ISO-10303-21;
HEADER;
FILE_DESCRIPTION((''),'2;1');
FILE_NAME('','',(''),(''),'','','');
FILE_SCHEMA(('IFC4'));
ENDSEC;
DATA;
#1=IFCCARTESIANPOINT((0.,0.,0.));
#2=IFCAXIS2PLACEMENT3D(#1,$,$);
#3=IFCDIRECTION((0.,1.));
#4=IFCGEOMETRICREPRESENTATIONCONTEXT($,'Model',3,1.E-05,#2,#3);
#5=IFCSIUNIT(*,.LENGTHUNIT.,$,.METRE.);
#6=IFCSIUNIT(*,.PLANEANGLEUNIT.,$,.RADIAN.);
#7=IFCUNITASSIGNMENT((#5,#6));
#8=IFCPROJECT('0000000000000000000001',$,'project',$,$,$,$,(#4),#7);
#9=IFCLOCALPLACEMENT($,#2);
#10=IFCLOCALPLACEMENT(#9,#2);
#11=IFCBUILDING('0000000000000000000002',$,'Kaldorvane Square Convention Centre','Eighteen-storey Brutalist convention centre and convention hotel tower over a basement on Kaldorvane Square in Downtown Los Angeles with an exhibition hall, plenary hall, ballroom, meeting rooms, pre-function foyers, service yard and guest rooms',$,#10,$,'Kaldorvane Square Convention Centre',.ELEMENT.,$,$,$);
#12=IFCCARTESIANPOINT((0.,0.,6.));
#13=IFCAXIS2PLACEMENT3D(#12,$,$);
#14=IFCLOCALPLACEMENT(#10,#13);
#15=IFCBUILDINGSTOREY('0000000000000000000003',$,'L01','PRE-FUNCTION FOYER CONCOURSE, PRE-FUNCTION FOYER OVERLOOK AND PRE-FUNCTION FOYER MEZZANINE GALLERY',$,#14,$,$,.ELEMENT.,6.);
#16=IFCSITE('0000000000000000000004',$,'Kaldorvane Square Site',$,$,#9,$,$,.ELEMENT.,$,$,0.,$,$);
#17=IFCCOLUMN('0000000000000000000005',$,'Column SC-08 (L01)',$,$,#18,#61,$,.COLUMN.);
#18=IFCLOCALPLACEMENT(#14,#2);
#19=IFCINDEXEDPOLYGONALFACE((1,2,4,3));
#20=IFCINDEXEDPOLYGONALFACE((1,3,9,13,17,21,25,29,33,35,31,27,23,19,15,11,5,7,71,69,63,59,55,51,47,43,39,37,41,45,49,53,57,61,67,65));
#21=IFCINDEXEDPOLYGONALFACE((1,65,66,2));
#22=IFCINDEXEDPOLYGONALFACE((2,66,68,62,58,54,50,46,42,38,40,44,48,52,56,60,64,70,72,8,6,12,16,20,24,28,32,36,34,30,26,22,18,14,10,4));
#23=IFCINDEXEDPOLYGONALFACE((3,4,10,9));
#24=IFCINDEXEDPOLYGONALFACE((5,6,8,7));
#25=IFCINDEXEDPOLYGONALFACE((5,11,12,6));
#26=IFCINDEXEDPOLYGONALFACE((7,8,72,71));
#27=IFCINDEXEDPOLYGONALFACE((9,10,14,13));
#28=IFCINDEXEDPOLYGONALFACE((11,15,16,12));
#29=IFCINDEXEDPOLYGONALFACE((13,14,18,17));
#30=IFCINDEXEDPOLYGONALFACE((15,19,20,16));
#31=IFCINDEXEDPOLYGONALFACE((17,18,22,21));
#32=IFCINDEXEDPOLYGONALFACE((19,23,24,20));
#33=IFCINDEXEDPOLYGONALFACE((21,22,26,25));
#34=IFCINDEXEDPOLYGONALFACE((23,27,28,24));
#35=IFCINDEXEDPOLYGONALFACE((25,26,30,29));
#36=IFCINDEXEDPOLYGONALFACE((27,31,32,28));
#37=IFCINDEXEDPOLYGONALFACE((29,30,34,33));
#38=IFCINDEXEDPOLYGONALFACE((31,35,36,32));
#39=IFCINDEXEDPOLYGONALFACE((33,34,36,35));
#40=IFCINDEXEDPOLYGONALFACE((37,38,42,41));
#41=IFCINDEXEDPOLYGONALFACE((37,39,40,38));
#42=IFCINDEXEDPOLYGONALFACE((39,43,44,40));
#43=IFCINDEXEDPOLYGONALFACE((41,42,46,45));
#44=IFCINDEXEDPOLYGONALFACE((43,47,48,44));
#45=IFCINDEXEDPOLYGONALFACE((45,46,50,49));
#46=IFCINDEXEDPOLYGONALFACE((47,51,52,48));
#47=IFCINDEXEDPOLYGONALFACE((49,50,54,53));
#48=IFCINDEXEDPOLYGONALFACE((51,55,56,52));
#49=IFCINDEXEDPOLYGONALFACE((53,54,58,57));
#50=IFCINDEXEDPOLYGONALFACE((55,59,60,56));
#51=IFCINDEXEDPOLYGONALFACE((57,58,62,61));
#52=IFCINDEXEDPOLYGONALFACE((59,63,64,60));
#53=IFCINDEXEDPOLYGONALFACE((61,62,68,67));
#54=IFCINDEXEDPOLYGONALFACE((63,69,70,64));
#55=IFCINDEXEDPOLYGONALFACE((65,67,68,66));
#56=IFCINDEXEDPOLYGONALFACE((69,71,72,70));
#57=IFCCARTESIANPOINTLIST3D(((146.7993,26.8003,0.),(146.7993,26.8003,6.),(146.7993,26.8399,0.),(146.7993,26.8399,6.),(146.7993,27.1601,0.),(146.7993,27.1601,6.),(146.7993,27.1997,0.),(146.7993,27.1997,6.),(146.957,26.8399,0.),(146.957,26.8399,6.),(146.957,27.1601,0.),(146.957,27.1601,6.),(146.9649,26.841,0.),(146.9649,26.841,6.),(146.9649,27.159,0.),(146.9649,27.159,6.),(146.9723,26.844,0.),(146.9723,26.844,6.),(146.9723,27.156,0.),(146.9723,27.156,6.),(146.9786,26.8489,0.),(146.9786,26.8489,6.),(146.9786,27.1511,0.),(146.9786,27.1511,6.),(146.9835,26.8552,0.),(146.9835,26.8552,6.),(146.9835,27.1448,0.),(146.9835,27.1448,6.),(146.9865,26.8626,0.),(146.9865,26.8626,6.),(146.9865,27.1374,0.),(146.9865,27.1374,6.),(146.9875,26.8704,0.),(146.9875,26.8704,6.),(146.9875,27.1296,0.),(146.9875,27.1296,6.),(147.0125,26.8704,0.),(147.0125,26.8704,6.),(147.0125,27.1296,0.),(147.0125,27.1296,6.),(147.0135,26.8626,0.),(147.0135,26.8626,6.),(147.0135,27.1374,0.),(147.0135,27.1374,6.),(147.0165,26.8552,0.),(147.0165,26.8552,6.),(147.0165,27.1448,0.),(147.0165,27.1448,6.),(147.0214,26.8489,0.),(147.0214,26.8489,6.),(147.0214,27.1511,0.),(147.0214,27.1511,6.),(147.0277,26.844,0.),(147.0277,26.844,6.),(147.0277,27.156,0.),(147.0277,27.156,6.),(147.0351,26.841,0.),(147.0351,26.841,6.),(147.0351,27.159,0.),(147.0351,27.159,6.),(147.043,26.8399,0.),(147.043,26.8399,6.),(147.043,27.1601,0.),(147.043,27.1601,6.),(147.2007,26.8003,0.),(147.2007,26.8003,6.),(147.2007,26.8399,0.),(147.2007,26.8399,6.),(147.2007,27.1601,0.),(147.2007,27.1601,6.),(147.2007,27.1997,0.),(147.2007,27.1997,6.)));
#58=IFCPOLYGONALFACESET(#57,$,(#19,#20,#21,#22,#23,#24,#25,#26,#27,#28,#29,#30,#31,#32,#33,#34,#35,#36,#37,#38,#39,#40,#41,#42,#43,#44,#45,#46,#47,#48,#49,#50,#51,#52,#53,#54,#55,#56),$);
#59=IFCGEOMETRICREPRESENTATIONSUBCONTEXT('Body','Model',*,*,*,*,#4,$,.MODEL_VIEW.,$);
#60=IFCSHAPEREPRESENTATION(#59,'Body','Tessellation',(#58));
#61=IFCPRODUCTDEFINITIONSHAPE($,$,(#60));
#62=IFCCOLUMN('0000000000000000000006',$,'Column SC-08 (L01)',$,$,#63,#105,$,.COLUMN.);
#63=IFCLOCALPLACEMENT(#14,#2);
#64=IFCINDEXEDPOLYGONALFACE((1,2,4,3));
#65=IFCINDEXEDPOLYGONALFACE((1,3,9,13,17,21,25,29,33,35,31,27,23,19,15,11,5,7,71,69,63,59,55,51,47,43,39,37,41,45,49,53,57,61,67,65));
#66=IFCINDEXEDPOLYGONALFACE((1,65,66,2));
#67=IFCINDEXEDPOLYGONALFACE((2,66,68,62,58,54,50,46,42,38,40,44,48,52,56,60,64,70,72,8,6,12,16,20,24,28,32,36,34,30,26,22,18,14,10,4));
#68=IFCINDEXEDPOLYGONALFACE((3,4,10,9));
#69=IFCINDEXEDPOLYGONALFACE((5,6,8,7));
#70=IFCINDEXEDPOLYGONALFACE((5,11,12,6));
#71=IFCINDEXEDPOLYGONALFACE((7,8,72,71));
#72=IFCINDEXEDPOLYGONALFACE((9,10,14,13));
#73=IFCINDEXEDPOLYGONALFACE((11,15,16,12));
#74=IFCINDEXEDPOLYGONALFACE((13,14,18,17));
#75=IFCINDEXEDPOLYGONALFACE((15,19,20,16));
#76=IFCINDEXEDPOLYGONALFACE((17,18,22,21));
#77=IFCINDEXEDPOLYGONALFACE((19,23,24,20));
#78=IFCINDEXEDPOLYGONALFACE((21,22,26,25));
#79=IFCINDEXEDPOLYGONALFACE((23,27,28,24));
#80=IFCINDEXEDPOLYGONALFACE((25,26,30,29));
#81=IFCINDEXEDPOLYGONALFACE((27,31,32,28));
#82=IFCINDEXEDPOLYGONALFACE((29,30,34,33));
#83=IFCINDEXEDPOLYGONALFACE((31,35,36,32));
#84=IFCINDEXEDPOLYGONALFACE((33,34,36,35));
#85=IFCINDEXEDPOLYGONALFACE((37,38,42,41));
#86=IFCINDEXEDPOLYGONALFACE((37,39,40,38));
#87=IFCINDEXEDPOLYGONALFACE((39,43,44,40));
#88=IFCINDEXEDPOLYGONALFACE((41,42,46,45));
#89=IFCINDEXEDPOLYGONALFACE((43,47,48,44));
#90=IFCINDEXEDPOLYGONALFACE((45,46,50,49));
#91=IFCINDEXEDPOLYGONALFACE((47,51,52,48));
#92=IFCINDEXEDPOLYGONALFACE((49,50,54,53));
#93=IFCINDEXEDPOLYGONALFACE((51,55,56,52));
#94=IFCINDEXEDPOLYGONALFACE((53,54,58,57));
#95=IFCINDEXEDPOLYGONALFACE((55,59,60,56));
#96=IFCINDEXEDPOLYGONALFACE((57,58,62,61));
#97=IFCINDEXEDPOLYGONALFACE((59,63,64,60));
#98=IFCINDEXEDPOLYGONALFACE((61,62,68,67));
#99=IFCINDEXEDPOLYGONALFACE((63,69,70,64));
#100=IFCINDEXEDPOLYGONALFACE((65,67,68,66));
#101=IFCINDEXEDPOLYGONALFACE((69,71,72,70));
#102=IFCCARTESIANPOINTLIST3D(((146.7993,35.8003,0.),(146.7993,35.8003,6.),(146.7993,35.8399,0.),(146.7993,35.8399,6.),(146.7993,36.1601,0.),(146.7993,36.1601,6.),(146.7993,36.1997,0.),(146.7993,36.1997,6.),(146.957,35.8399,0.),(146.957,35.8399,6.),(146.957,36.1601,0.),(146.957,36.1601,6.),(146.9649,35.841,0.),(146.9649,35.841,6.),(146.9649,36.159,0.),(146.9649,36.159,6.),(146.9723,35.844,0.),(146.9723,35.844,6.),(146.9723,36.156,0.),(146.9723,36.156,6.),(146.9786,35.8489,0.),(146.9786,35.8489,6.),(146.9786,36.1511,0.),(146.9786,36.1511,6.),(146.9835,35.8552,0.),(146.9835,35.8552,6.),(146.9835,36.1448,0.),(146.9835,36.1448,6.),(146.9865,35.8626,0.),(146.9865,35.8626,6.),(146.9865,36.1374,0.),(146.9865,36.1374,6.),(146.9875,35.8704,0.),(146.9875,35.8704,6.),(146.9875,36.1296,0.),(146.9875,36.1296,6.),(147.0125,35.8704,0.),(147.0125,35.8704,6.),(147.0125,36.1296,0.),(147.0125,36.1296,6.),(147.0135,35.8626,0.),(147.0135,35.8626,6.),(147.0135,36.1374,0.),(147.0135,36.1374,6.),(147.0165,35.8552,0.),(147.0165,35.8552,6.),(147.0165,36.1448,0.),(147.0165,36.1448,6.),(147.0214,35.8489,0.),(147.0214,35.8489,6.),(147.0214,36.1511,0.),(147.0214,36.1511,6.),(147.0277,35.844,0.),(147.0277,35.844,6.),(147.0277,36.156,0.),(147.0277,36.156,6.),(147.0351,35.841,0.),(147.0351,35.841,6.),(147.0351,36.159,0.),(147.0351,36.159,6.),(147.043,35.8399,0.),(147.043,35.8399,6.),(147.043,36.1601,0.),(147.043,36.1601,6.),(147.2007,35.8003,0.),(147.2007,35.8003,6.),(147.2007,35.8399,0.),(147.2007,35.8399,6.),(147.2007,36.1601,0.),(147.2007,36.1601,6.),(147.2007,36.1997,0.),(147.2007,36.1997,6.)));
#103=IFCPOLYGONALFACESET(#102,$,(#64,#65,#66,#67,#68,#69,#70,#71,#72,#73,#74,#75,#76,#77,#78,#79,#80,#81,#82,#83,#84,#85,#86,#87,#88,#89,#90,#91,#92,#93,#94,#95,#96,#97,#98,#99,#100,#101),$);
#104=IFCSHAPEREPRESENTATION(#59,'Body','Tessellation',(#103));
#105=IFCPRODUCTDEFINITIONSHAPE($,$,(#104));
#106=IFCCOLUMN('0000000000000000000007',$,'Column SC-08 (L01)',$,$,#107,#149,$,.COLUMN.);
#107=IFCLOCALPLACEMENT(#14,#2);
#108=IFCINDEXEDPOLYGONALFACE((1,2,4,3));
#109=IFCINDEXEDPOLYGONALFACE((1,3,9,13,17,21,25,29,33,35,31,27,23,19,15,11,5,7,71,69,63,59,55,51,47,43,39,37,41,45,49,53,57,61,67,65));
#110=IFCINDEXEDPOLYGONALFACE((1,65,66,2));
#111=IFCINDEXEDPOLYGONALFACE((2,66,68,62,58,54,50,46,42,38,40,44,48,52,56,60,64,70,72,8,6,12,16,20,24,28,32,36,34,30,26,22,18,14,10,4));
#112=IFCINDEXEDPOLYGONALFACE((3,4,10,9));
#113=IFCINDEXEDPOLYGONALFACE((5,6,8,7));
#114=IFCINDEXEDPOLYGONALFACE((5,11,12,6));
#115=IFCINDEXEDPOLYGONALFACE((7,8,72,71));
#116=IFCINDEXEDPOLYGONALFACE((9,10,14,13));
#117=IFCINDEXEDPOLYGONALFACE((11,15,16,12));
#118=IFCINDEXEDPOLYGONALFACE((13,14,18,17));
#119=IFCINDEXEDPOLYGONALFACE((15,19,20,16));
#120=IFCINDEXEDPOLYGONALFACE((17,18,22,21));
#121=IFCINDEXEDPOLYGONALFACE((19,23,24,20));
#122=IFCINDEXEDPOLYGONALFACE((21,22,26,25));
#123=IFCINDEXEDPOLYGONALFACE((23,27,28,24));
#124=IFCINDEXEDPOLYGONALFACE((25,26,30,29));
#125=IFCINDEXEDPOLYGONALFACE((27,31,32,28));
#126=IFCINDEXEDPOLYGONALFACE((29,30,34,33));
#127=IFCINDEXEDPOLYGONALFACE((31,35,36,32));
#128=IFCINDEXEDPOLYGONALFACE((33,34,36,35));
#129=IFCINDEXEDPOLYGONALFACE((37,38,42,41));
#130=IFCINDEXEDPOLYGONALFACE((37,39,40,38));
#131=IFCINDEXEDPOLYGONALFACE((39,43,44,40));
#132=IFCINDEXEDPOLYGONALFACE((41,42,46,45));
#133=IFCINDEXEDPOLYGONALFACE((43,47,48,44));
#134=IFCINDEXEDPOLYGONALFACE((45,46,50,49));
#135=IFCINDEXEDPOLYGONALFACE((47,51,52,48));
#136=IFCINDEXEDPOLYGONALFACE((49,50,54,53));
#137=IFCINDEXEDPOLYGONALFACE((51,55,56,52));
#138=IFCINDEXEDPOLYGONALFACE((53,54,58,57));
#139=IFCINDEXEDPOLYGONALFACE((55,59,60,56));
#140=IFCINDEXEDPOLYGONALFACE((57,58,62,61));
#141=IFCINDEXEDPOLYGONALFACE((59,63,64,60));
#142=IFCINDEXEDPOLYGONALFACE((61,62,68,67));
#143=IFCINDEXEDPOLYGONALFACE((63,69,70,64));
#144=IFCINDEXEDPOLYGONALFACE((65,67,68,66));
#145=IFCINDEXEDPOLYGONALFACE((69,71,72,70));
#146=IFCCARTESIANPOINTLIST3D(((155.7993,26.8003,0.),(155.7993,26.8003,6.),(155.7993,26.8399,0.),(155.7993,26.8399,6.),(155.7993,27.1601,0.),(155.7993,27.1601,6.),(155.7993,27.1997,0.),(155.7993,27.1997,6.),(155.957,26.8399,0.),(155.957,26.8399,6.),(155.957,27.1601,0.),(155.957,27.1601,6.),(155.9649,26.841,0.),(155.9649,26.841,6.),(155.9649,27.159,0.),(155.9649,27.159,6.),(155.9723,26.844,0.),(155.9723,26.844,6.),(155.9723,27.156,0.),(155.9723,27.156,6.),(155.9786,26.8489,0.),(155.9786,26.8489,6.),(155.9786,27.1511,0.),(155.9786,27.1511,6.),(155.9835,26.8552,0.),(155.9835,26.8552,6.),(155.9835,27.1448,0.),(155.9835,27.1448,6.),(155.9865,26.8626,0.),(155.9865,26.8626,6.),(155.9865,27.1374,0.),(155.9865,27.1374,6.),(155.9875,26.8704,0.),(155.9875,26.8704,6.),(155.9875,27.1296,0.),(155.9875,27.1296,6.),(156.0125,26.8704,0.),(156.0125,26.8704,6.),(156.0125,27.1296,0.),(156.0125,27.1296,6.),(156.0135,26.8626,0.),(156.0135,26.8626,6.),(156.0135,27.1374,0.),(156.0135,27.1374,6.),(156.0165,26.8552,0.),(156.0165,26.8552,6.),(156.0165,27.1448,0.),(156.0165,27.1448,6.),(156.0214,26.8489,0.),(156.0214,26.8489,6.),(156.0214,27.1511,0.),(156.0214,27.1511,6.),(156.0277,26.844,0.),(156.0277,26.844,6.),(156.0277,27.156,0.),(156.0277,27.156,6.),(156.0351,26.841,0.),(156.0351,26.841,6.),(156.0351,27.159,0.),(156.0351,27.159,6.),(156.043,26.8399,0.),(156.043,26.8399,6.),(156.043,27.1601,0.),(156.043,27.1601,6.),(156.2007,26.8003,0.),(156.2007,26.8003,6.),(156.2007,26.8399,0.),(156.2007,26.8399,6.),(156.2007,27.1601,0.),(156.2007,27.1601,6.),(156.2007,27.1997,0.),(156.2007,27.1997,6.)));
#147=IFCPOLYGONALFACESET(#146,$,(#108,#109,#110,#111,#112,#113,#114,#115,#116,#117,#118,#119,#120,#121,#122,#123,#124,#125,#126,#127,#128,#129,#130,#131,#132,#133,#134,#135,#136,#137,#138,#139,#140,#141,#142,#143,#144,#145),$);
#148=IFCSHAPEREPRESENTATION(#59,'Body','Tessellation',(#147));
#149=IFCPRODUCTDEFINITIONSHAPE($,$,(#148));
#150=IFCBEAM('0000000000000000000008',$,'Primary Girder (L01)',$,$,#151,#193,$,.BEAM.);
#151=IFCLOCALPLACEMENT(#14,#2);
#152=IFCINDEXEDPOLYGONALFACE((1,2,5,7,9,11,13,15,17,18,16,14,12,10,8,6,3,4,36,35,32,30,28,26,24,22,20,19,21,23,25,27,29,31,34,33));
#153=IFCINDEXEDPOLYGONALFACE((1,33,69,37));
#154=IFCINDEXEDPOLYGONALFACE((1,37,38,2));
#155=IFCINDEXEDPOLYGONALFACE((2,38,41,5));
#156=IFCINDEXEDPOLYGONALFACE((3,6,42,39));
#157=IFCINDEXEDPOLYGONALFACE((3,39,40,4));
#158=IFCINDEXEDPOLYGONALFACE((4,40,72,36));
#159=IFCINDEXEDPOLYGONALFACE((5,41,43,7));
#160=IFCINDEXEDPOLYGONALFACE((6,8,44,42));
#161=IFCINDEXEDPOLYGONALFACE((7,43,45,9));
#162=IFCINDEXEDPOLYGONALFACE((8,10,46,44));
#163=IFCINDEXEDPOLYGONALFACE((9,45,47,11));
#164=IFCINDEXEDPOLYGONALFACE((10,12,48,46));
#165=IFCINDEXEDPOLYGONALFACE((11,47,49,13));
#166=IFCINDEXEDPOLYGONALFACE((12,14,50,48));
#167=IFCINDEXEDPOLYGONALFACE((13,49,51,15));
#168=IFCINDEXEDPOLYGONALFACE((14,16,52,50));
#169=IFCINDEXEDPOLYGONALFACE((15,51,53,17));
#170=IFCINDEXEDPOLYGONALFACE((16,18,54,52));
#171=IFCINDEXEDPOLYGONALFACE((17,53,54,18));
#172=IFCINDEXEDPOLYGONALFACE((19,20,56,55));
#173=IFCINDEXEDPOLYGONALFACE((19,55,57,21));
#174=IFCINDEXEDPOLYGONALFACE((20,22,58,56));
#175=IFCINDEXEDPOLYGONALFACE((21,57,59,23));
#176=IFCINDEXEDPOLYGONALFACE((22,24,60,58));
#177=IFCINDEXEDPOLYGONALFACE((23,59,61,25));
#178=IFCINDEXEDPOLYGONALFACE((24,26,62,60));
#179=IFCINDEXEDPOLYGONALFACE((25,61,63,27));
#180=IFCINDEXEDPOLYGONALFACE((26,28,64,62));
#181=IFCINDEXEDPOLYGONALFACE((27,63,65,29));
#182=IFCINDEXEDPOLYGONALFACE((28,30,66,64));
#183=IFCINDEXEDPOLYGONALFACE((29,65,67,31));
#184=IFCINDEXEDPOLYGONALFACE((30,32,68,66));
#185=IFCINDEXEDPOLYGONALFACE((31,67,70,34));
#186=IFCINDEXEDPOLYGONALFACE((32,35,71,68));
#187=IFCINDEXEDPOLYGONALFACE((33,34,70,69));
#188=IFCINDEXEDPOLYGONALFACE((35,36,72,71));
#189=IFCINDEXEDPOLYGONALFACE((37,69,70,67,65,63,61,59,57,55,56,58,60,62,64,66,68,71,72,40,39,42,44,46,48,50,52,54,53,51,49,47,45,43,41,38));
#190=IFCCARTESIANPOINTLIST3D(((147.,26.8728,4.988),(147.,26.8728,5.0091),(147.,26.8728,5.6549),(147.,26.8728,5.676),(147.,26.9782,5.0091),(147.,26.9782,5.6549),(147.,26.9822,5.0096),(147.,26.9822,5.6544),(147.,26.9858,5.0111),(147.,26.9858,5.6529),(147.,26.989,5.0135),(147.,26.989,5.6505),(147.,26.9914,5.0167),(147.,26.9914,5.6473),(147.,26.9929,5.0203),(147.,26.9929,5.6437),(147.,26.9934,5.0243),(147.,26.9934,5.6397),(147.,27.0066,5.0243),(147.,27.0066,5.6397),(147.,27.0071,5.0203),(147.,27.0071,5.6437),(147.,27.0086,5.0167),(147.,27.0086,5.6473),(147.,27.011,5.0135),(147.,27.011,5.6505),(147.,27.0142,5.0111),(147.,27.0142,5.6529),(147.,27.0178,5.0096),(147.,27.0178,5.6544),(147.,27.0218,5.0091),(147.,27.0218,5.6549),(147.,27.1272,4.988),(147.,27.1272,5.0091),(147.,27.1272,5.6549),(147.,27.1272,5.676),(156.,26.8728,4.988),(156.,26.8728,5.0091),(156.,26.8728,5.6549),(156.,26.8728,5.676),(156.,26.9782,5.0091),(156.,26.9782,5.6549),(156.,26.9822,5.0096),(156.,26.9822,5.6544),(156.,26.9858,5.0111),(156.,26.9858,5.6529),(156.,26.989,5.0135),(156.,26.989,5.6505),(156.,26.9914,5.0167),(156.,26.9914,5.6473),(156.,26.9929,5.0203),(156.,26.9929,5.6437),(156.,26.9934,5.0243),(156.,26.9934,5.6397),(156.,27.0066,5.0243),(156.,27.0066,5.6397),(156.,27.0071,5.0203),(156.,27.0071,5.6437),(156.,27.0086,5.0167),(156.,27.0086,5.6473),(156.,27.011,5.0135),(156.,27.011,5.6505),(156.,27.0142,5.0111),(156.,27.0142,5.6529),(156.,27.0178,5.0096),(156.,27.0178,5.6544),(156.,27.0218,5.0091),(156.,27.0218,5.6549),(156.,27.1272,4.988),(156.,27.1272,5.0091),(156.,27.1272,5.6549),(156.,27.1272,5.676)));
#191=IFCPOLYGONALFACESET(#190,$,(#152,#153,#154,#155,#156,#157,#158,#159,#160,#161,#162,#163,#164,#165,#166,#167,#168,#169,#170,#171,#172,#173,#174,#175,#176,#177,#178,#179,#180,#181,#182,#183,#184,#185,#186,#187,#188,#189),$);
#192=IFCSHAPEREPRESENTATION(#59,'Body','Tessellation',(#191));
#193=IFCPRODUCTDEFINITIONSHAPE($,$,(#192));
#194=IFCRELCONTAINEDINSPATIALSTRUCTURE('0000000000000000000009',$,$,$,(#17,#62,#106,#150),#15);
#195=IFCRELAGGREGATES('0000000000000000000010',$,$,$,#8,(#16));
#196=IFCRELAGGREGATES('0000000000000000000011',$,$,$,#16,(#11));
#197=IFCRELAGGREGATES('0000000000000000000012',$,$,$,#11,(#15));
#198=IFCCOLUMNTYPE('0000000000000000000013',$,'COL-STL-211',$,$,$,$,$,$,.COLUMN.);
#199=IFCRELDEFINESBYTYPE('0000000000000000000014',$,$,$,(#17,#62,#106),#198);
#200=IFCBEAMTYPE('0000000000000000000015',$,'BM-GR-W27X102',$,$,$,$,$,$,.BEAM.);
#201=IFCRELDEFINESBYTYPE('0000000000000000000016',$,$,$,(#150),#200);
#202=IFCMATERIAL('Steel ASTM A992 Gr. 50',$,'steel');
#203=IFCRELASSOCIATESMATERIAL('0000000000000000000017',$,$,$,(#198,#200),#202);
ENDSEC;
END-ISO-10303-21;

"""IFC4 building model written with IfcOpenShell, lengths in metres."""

from ifc_helpers import new_model, si_unit, direction, frame, origin, origin_2d, place, context, subcontext, project, spatial, i_section, extrude, material, material_profile, profile_set, type_object, element, save


model = new_model("IFC4")

# Units and contexts
model_context = context("Model", 3, precision=1e-05, world=origin(), true_north=direction((0.0, 1.0)))
body_context = subcontext(model_context, "Body", "Model", "MODEL_VIEW")
ifc_project = project(units=[si_unit("LENGTHUNIT", "METRE"), si_unit("PLANEANGLEUNIT", "RADIAN")], contexts=[model_context])

# Site, building, storey
site_placement = place(None, origin())
site = spatial("IfcSite", under=ifc_project, at=site_placement, Name="Kaldorvane Square Site", CompositionType="ELEMENT", RefElevation=0.0)
building_placement = place(site_placement, origin())
building = spatial("IfcBuilding", under=site, at=building_placement, Name="Kaldorvane Square Convention Centre", Description="Eighteen-storey Brutalist convention centre and convention hotel tower over a basement on Kaldorvane Square in Downtown Los Angeles with an exhibition hall, plenary hall, ballroom, meeting rooms, pre-function foyers, service yard and guest rooms", LongName="Kaldorvane Square Convention Centre", CompositionType="ELEMENT")
storey_placement = place(building_placement, frame((0.0, 0.0, 6.0)))
storey = spatial("IfcBuildingStorey", under=building, at=storey_placement, Name="L01", Description="PRE-FUNCTION FOYER CONCOURSE, PRE-FUNCTION FOYER OVERLOOK AND PRE-FUNCTION FOYER MEZZANINE GALLERY", CompositionType="ELEMENT", Elevation=6.0)

# Columns
ifc_material_1 = material(Name="Steel ASTM A992 Gr. 50", Category="steel")
ifc_material_profile_1 = material_profile(ifc_material_1, i_section(OverallWidth=0.4013, OverallDepth=0.3993, WebThickness=0.0249, FlangeThickness=0.0396, FilletRadius=0.0305, at=origin_2d()), Name="W14X211")
ifc_profile_set_1 = profile_set([ifc_material_profile_1], Name="Steel ASTM A992 Gr. 50")
column_type = type_object("IfcColumnType", Name="COL-STL-211", PredefinedType="COLUMN", material=ifc_profile_set_1)
for number, where, z_axis, x_axis, name in (
    (1, (147.0, 27.0, 0.0), (0.0, 0.0, 1.0), (1.0, 0.0, 0.0), "Column SC-08 (L01)"),
    (2, (147.0, 36.0, 0.0), (0.0, 0.0, 1.0), (1.0, 0.0, 0.0), "Column SC-08 (L01)"),
    (3, (156.0, 27.0, 0.0), (0.0, 0.0, 1.0), (1.0, 0.0, 0.0), "Column SC-08 (L01)"),
):
    element("IfcColumn", number, at=place(storey_placement, frame(where, z_axis=z_axis, x_axis=x_axis)), inside=storey, type_object=column_type, Name=name, PredefinedType="COLUMN", context=body_context, shape_type="SweptSolid", body=[
        extrude(i_section(OverallWidth=0.4013, OverallDepth=0.3993, WebThickness=0.0249, FlangeThickness=0.0396, FilletRadius=0.0305, at=origin_2d()), origin(), (0.0, 0.0, 1.0), 6.0),
    ])

# Beam
ifc_material_profile_2 = material_profile(ifc_material_1, i_section(OverallWidth=0.2544, OverallDepth=0.6881, WebThickness=0.0131, FlangeThickness=0.0211, FilletRadius=0.0152, at=origin_2d()), Name="W27X102")
ifc_profile_set_2 = profile_set([ifc_material_profile_2], Name="Steel ASTM A992 Gr. 50")
beam_type_1 = type_object("IfcBeamType", Name="BM-GR-W27X102", PredefinedType="BEAM", material=ifc_profile_set_2)
for number, where, z_axis, x_axis, name in (
    (4, (147.0, 27.0, 5.332), (1.0, 0.0, 0.0), (0.0, 1.0, 0.0), "Primary Girder (L01)"),
):
    element("IfcBeam", number, at=place(storey_placement, frame(where, z_axis=z_axis, x_axis=x_axis)), inside=storey, type_object=beam_type_1, Name=name, PredefinedType="BEAM", context=body_context, shape_type="SweptSolid", body=[
        extrude(i_section(OverallWidth=0.2544, OverallDepth=0.6881, WebThickness=0.0131, FlangeThickness=0.0211, FilletRadius=0.0152, at=origin_2d()), origin(), (0.0, 0.0, 1.0), 9.0),
    ])

save(model, "model.ifc")
